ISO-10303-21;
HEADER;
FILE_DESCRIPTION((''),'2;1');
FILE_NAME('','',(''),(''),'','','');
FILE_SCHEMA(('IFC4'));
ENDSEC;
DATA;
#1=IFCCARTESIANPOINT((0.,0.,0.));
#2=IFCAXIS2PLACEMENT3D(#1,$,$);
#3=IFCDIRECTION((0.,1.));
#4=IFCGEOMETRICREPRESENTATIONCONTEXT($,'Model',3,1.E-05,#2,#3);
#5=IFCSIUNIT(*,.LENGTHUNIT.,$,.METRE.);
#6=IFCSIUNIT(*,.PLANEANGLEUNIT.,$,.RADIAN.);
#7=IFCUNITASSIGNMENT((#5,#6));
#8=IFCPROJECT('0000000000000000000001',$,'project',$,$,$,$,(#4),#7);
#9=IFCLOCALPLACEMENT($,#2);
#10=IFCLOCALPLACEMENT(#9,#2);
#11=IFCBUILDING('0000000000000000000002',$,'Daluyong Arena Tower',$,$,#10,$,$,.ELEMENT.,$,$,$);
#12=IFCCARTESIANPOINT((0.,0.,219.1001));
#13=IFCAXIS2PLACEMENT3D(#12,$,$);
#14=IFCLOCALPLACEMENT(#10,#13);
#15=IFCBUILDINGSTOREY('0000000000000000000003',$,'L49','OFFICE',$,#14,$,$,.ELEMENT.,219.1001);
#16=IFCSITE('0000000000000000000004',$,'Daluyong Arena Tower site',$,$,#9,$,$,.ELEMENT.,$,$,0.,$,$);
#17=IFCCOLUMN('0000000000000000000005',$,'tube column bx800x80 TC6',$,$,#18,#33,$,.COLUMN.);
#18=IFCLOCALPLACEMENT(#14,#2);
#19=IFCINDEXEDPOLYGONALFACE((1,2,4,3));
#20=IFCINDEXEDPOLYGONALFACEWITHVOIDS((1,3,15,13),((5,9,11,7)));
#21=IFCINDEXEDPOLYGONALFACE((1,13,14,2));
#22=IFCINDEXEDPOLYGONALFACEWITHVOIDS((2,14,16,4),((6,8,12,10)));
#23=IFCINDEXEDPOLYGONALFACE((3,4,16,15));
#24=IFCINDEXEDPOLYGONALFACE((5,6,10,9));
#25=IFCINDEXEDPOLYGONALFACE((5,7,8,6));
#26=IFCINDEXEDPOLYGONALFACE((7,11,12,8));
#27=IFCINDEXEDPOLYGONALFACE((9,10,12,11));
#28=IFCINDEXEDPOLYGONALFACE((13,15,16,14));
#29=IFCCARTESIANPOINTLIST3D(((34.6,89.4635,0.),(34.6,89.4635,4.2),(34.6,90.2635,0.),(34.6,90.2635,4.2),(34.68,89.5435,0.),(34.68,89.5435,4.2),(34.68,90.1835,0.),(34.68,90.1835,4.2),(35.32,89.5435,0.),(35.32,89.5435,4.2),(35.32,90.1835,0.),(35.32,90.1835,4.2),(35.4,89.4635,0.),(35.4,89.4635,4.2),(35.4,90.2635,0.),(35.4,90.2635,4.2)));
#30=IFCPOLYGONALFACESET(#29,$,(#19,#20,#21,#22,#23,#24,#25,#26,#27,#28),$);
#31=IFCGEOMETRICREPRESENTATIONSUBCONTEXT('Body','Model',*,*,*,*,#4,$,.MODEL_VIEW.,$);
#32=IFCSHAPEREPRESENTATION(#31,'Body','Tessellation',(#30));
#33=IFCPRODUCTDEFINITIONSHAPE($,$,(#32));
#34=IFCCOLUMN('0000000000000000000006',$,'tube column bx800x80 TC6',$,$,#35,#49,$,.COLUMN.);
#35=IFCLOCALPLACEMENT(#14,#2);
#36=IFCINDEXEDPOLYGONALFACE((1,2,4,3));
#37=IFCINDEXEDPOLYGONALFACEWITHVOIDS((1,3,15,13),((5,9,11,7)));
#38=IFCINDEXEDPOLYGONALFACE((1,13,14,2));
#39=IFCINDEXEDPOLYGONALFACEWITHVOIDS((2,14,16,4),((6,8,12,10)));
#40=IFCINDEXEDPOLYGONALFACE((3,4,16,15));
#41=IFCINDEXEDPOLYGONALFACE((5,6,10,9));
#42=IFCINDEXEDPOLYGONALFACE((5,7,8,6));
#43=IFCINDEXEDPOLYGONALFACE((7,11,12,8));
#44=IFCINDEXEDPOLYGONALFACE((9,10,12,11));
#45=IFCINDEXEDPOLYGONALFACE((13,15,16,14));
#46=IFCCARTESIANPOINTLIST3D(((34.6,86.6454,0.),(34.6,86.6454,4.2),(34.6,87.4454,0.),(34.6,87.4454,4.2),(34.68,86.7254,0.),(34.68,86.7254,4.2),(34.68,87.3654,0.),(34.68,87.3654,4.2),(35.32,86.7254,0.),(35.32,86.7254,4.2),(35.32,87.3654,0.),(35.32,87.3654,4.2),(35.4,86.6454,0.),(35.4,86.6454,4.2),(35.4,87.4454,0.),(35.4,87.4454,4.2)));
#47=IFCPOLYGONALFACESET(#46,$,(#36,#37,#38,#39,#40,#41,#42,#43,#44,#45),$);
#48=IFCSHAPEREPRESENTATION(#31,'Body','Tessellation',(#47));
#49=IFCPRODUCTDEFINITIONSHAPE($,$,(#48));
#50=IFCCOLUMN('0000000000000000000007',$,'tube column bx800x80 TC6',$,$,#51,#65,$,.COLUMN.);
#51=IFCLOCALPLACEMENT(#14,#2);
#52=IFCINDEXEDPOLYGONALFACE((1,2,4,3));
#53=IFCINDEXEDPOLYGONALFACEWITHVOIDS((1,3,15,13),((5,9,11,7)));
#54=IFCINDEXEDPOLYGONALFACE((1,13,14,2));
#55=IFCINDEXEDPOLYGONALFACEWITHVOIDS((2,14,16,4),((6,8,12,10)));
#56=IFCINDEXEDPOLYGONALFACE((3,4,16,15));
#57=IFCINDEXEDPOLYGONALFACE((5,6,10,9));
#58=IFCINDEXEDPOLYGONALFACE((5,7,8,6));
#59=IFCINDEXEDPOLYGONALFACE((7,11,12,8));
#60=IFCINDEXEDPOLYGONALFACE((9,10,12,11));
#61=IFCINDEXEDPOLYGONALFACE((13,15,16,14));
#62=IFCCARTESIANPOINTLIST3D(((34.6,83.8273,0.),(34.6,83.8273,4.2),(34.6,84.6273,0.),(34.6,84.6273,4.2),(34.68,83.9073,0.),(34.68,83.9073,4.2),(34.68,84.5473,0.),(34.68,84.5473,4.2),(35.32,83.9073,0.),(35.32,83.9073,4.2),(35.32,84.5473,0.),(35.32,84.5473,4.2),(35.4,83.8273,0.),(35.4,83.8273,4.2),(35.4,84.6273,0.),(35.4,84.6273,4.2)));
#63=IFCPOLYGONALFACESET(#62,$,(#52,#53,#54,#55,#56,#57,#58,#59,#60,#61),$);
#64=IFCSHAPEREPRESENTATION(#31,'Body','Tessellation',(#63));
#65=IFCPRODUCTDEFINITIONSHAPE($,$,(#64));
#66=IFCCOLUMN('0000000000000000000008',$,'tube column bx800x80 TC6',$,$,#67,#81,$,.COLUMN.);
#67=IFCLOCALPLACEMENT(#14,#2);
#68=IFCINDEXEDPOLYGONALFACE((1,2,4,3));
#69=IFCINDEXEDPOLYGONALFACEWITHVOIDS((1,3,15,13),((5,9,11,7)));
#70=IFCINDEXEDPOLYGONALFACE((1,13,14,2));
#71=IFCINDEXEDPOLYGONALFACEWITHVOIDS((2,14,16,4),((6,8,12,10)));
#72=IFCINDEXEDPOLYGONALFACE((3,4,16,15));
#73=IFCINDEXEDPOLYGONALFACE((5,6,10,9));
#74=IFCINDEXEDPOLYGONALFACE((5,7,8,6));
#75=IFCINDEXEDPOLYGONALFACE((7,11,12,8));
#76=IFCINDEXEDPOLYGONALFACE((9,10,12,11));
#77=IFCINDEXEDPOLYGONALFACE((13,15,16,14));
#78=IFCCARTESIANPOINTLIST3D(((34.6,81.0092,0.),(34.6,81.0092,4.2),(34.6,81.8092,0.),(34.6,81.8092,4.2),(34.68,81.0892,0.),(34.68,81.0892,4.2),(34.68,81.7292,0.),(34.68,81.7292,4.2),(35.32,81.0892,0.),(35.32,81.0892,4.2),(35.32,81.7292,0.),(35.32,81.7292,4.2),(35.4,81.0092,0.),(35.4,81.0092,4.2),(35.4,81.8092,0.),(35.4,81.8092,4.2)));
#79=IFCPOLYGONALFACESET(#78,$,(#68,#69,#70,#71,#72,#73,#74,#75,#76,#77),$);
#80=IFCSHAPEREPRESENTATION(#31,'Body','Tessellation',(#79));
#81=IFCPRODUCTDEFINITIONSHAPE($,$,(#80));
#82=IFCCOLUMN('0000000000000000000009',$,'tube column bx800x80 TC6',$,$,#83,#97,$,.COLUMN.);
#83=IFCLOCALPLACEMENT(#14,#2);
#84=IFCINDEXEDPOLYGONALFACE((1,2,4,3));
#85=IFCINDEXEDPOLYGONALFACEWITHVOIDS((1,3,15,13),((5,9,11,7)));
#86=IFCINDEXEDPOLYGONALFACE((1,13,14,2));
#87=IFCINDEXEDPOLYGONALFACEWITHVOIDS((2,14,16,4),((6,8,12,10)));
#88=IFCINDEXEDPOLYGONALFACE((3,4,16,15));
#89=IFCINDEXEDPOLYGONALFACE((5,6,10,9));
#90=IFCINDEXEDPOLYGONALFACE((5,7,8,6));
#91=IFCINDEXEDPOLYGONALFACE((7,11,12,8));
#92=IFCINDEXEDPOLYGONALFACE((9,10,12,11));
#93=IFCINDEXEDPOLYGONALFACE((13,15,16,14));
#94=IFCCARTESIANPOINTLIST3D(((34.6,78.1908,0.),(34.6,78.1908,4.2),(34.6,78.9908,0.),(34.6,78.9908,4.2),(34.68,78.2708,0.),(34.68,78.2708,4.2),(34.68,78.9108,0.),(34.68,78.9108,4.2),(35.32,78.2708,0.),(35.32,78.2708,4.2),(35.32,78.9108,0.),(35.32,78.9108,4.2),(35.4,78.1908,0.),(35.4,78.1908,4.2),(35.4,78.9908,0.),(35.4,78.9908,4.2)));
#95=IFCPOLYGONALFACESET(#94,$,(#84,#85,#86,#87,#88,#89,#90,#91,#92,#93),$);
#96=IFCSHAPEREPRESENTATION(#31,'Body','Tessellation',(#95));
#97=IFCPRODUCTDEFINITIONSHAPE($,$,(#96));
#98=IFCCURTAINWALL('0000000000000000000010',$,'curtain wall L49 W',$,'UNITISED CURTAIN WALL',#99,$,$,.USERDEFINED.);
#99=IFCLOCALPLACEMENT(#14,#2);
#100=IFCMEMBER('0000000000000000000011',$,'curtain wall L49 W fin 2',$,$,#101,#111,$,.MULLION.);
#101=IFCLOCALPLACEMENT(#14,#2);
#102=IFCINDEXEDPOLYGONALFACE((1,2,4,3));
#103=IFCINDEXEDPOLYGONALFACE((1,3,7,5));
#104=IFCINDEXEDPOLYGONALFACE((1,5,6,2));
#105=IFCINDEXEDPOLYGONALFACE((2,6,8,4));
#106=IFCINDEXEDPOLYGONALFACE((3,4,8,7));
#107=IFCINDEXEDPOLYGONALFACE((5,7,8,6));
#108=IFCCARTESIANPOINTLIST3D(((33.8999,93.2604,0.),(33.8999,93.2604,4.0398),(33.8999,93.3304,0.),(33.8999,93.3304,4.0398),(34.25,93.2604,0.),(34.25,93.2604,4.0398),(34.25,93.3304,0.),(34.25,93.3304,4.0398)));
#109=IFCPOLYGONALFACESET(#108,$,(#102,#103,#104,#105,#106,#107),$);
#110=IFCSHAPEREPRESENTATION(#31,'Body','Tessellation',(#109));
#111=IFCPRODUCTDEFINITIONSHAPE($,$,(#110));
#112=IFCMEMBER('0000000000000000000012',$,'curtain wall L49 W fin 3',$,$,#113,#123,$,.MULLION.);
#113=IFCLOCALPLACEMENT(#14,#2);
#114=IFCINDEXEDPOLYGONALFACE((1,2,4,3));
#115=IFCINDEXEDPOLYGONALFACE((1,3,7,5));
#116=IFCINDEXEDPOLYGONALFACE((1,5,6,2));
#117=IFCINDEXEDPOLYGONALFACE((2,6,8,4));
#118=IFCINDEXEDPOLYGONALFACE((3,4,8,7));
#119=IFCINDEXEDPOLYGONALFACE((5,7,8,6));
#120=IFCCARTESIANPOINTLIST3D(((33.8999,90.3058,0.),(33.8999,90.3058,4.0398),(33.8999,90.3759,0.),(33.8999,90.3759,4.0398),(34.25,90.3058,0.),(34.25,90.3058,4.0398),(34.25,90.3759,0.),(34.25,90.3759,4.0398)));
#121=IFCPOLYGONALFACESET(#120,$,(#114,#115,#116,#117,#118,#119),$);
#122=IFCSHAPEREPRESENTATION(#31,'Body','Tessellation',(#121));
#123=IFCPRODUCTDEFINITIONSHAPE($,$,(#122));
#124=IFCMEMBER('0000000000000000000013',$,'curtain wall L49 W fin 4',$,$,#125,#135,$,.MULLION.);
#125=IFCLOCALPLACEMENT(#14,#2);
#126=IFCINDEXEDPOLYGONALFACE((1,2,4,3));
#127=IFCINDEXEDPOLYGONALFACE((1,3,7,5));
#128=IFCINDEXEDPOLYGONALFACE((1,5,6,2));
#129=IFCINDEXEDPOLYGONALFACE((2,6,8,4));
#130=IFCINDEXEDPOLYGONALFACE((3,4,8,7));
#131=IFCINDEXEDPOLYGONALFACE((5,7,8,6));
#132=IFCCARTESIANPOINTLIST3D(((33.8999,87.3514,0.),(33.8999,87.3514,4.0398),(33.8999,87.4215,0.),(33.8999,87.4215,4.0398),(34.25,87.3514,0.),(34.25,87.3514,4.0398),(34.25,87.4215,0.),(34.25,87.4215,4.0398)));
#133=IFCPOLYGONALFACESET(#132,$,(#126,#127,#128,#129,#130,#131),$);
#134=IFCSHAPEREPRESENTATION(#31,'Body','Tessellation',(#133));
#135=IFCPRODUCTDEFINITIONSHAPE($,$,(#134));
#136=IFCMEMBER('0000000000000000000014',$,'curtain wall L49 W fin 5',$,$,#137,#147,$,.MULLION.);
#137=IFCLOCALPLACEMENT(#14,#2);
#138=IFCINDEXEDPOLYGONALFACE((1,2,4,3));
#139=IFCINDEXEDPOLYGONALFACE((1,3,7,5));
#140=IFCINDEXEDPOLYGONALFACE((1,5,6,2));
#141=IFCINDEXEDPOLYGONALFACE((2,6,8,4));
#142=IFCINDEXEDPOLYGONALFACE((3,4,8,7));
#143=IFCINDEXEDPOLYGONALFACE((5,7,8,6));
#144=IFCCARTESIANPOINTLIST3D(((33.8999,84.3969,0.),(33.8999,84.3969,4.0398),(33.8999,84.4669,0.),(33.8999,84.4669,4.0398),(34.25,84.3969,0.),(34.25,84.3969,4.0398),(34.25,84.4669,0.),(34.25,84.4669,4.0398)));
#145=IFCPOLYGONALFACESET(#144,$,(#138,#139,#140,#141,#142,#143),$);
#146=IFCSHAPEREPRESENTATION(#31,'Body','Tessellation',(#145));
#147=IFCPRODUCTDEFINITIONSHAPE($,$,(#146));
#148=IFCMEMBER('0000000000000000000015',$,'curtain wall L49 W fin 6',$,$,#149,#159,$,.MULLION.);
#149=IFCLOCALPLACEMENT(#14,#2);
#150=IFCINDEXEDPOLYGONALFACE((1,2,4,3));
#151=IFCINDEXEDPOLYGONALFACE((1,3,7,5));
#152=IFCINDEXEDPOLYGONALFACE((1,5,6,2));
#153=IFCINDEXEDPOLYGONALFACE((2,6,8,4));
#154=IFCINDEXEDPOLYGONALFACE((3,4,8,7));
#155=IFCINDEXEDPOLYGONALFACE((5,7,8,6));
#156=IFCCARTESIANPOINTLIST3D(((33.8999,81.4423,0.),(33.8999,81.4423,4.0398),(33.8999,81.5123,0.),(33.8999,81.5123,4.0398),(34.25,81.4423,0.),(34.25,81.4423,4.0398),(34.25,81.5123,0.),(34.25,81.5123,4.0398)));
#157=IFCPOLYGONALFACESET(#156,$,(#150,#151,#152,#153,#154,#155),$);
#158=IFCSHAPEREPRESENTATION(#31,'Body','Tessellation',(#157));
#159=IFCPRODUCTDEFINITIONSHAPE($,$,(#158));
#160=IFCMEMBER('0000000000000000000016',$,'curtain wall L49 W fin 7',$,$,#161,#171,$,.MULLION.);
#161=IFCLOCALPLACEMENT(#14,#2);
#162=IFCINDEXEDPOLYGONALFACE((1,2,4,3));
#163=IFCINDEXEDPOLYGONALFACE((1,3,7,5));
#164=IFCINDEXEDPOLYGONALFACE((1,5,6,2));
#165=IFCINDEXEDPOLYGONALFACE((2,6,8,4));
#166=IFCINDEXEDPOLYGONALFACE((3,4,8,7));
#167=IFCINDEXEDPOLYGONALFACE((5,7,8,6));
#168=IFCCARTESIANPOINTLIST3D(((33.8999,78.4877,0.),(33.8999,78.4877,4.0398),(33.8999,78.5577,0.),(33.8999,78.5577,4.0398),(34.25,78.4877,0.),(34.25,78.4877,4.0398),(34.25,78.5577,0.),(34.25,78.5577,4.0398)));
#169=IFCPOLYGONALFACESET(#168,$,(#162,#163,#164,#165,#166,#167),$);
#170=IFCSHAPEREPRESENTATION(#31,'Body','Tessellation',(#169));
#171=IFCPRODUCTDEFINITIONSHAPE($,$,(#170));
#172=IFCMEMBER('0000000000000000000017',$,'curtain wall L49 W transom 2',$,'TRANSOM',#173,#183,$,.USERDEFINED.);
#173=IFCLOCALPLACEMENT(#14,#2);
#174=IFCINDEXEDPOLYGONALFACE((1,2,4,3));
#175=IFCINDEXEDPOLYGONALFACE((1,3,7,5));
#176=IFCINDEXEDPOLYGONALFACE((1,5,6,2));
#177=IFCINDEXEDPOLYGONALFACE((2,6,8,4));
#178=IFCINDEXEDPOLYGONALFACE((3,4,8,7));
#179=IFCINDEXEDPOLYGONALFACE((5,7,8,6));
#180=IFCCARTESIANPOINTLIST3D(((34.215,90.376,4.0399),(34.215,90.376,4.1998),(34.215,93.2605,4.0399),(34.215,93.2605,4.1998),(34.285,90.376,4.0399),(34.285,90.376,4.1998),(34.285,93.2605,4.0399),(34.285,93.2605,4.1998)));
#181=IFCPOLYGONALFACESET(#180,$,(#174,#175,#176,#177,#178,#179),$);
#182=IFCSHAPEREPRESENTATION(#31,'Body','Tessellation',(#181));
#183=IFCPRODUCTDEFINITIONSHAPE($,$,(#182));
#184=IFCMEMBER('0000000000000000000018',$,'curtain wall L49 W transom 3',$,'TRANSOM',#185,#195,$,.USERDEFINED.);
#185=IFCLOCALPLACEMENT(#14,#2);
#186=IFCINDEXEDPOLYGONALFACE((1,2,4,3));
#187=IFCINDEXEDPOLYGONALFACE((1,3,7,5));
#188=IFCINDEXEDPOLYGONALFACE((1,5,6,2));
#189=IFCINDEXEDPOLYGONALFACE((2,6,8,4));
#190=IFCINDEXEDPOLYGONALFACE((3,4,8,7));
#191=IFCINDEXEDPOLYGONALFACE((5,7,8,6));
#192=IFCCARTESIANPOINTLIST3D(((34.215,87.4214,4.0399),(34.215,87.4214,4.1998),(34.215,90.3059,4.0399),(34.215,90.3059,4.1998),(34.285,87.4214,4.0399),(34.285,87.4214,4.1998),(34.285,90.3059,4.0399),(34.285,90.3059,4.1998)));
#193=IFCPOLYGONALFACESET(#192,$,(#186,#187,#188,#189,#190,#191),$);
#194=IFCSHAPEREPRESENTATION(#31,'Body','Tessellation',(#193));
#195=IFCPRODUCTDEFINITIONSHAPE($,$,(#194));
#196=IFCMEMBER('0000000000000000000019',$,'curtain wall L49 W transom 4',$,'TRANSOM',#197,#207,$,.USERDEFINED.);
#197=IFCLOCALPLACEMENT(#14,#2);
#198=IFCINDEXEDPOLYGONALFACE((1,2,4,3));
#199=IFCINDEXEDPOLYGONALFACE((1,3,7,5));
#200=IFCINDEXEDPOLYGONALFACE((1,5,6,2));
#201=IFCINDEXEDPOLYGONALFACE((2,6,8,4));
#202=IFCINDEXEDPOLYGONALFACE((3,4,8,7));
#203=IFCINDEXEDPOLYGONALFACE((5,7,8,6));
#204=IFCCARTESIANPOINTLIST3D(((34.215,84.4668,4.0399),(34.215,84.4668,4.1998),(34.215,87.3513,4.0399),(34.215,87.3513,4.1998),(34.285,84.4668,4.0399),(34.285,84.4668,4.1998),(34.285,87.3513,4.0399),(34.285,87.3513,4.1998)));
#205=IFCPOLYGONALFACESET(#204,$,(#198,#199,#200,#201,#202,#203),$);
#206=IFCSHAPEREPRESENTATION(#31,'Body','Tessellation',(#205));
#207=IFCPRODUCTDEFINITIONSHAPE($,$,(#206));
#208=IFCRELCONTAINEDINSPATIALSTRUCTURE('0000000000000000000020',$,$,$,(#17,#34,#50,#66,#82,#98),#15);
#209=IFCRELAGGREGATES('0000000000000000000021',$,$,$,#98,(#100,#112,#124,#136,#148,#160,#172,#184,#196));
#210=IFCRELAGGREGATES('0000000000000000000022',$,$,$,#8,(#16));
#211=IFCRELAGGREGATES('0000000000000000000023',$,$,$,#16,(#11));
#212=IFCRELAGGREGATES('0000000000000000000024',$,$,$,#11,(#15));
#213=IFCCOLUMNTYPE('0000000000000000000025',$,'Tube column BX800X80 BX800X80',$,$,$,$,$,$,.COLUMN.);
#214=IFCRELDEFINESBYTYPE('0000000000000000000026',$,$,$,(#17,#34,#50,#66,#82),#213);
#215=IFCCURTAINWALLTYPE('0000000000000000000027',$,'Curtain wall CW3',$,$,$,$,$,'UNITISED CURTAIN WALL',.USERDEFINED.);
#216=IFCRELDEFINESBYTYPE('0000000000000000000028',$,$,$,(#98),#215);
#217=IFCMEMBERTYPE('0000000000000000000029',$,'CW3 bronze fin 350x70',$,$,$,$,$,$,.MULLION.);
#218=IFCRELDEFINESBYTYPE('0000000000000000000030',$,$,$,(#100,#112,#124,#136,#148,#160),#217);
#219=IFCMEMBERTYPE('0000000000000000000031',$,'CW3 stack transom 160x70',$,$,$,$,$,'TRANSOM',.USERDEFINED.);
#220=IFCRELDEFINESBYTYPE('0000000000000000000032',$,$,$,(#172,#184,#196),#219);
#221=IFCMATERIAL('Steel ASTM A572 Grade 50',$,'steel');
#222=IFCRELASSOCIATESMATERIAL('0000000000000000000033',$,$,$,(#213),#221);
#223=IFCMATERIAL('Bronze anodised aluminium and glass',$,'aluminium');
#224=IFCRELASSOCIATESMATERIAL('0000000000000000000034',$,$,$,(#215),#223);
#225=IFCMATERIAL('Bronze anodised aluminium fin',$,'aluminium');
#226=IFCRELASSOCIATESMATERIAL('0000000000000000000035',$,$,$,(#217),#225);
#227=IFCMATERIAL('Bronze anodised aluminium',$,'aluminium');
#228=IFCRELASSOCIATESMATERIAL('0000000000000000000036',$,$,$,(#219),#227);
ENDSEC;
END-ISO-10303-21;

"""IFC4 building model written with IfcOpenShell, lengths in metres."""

from ifc_helpers import new_model, si_unit, direction, frame, origin, origin_2d, place, context, subcontext, project, spatial, rectangle, hollow_rectangle, extrude, material, material_profile, profile_set, type_object, element, aggregate, save


model = new_model("IFC4")

# Units and contexts
model_context = context("Model", 3, precision=1e-05, world=origin(), true_north=direction((0.0, 1.0)))
body_context = subcontext(model_context, "Body", "Model", "MODEL_VIEW")
ifc_project = project(units=[si_unit("LENGTHUNIT", "METRE"), si_unit("PLANEANGLEUNIT", "RADIAN")], contexts=[model_context])

# Site, building, storey
site_placement = place(None, origin())
site = spatial("IfcSite", under=ifc_project, at=site_placement, Name="Daluyong Arena Tower site", CompositionType="ELEMENT", RefElevation=0.0)
building_placement = place(site_placement, origin())
building = spatial("IfcBuilding", under=site, at=building_placement, Name="Daluyong Arena Tower", CompositionType="ELEMENT")
storey_placement = place(building_placement, frame((0.0, 0.0, 219.1001)))
storey = spatial("IfcBuildingStorey", under=building, at=storey_placement, Name="L49", Description="OFFICE", CompositionType="ELEMENT", Elevation=219.1001)

# Columns
ifc_material_1 = material(Name="Steel ASTM A572 Grade 50", Category="steel")
ifc_material_profile_1 = material_profile(ifc_material_1, hollow_rectangle(XDim=0.8, YDim=0.8, WallThickness=0.08, at=origin_2d()))
ifc_profile_set_1 = profile_set([ifc_material_profile_1], Name="Steel ASTM A572 Grade 50")
column_type = type_object("IfcColumnType", Name="Tube column BX800X80 BX800X80", PredefinedType="COLUMN", material=ifc_profile_set_1)
for number, where, z_axis, x_axis, name in (
    (1, (35.0, 89.8635, 0.0), (0.0, 0.0, 1.0), (0.0, 1.0, 0.0), "tube column bx800x80 TC6"),
    (2, (35.0, 87.0454, 0.0), (0.0, 0.0, 1.0), (0.0, 1.0, 0.0), "tube column bx800x80 TC6"),
    (3, (35.0, 84.2273, 0.0), (0.0, 0.0, 1.0), (0.0, 1.0, 0.0), "tube column bx800x80 TC6"),
    (4, (35.0, 81.4092, 0.0), (0.0, 0.0, 1.0), (0.0, 1.0, 0.0), "tube column bx800x80 TC6"),
    (5, (35.0, 78.5908, 0.0), (0.0, 0.0, 1.0), (0.0, 1.0, 0.0), "tube column bx800x80 TC6"),
):
    element("IfcColumn", number, at=place(storey_placement, frame(where, z_axis=z_axis, x_axis=x_axis)), inside=storey, type_object=column_type, Name=name, PredefinedType="COLUMN", context=body_context, shape_type="SweptSolid", body=[
        extrude(hollow_rectangle(XDim=0.8, YDim=0.8, WallThickness=0.08, at=origin_2d()), origin(), (0.0, 0.0, 1.0), 4.2),
    ])

# Curtain wall, members
ifc_material_2 = material(Name="Bronze anodised aluminium and glass", Category="aluminium")
curtain_wall_type = type_object("IfcCurtainWallType", Name="Curtain wall CW3", ElementType="UNITISED CURTAIN WALL", PredefinedType="USERDEFINED", material=ifc_material_2)
curtain_wall_placement = place(storey_placement, origin())
curtain_wall = element("IfcCurtainWall", 6, at=curtain_wall_placement, inside=storey, type_object=curtain_wall_type, Name="curtain wall L49 W", ObjectType="UNITISED CURTAIN WALL", PredefinedType="USERDEFINED")
ifc_material_3 = material(Name="Bronze anodised aluminium fin", Category="aluminium")
ifc_material_profile_2 = material_profile(ifc_material_3, rectangle(XDim=0.3501, YDim=0.0701, at=origin_2d()))
ifc_profile_set_2 = profile_set([ifc_material_profile_2], Name="Bronze anodised aluminium fin")
member_type_1 = type_object("IfcMemberType", Name="CW3 bronze fin 350x70", PredefinedType="MULLION", material=ifc_profile_set_2)
member_1_placement = place(storey_placement, frame((34.075, 93.2954, 0.0), z_axis=(0.0, 0.0, 1.0), x_axis=(1.0, 0.0, 0.0)))
member_1 = element("IfcMember", 7, at=member_1_placement, type_object=member_type_1, Name="curtain wall L49 W fin 2", PredefinedType="MULLION", context=body_context, shape_type="SweptSolid", body=[
    extrude(rectangle(XDim=0.3501, YDim=0.0701, at=origin_2d()), origin(), (0.0, 0.0, 1.0), 4.0398),
])
member_2_placement = place(storey_placement, frame((34.075, 90.3408, 0.0), z_axis=(0.0, 0.0, 1.0), x_axis=(1.0, 0.0, 0.0)))
member_2 = element("IfcMember", 8, at=member_2_placement, type_object=member_type_1, Name="curtain wall L49 W fin 3", PredefinedType="MULLION", context=body_context, shape_type="SweptSolid", body=[
    extrude(rectangle(XDim=0.3501, YDim=0.0701, at=origin_2d()), origin(), (0.0, 0.0, 1.0), 4.0398),
])
member_3_placement = place(storey_placement, frame((34.075, 87.3865, 0.0), z_axis=(0.0, 0.0, 1.0), x_axis=(1.0, 0.0, 0.0)))
member_3 = element("IfcMember", 9, at=member_3_placement, type_object=member_type_1, Name="curtain wall L49 W fin 4", PredefinedType="MULLION", context=body_context, shape_type="SweptSolid", body=[
    extrude(rectangle(XDim=0.3501, YDim=0.0701, at=origin_2d()), origin(), (0.0, 0.0, 1.0), 4.0398),
])
member_4_placement = place(storey_placement, frame((34.075, 84.4319, 0.0), z_axis=(0.0, 0.0, 1.0), x_axis=(1.0, 0.0, 0.0)))
member_4 = element("IfcMember", 10, at=member_4_placement, type_object=member_type_1, Name="curtain wall L49 W fin 5", PredefinedType="MULLION", context=body_context, shape_type="SweptSolid", body=[
    extrude(rectangle(XDim=0.3501, YDim=0.0701, at=origin_2d()), origin(), (0.0, 0.0, 1.0), 4.0398),
])
member_5_placement = place(storey_placement, frame((34.075, 81.4773, 0.0), z_axis=(0.0, 0.0, 1.0), x_axis=(1.0, 0.0, 0.0)))
member_5 = element("IfcMember", 11, at=member_5_placement, type_object=member_type_1, Name="curtain wall L49 W fin 6", PredefinedType="MULLION", context=body_context, shape_type="SweptSolid", body=[
    extrude(rectangle(XDim=0.3501, YDim=0.0701, at=origin_2d()), origin(), (0.0, 0.0, 1.0), 4.0398),
])
member_6_placement = place(storey_placement, frame((34.075, 78.5227, 0.0), z_axis=(0.0, 0.0, 1.0), x_axis=(1.0, 0.0, 0.0)))
member_6 = element("IfcMember", 12, at=member_6_placement, type_object=member_type_1, Name="curtain wall L49 W fin 7", PredefinedType="MULLION", context=body_context, shape_type="SweptSolid", body=[
    extrude(rectangle(XDim=0.3501, YDim=0.0701, at=origin_2d()), origin(), (0.0, 0.0, 1.0), 4.0398),
])
ifc_material_4 = material(Name="Bronze anodised aluminium", Category="aluminium")
ifc_material_profile_3 = material_profile(ifc_material_4, rectangle(XDim=0.0701, YDim=0.1599, at=origin_2d()))
ifc_profile_set_3 = profile_set([ifc_material_profile_3], Name="Bronze anodised aluminium")
member_type_2 = type_object("IfcMemberType", Name="CW3 stack transom 160x70", ElementType="TRANSOM", PredefinedType="USERDEFINED", material=ifc_profile_set_3)
member_7_placement = place(storey_placement, frame((34.25, 93.2605, 4.1199), z_axis=(0.0, -1.0, 0.0), x_axis=(1.0, 0.0, 0.0)))
member_7 = element("IfcMember", 13, at=member_7_placement, type_object=member_type_2, Name="curtain wall L49 W transom 2", ObjectType="TRANSOM", PredefinedType="USERDEFINED", context=body_context, shape_type="SweptSolid", body=[
    extrude(rectangle(XDim=0.0701, YDim=0.1599, at=origin_2d()), origin(), (0.0, 0.0, 1.0), 2.8845),
])
member_8_placement = place(storey_placement, frame((34.25, 90.3059, 4.1199), z_axis=(0.0, -1.0, 0.0), x_axis=(1.0, 0.0, 0.0)))
member_8 = element("IfcMember", 14, at=member_8_placement, type_object=member_type_2, Name="curtain wall L49 W transom 3", ObjectType="TRANSOM", PredefinedType="USERDEFINED", context=body_context, shape_type="SweptSolid", body=[
    extrude(rectangle(XDim=0.0701, YDim=0.1599, at=origin_2d()), origin(), (0.0, 0.0, 1.0), 2.8845),
])
member_9_placement = place(storey_placement, frame((34.25, 87.3513, 4.1199), z_axis=(0.0, -1.0, 0.0), x_axis=(1.0, 0.0, 0.0)))
member_9 = element("IfcMember", 15, at=member_9_placement, type_object=member_type_2, Name="curtain wall L49 W transom 4", ObjectType="TRANSOM", PredefinedType="USERDEFINED", context=body_context, shape_type="SweptSolid", body=[
    extrude(rectangle(XDim=0.0701, YDim=0.1599, at=origin_2d()), origin(), (0.0, 0.0, 1.0), 2.8845),
])

aggregate(curtain_wall, [member_1, member_2, member_3, member_4, member_5, member_6, member_7, member_8, member_9])

save(model, "model.ifc")
